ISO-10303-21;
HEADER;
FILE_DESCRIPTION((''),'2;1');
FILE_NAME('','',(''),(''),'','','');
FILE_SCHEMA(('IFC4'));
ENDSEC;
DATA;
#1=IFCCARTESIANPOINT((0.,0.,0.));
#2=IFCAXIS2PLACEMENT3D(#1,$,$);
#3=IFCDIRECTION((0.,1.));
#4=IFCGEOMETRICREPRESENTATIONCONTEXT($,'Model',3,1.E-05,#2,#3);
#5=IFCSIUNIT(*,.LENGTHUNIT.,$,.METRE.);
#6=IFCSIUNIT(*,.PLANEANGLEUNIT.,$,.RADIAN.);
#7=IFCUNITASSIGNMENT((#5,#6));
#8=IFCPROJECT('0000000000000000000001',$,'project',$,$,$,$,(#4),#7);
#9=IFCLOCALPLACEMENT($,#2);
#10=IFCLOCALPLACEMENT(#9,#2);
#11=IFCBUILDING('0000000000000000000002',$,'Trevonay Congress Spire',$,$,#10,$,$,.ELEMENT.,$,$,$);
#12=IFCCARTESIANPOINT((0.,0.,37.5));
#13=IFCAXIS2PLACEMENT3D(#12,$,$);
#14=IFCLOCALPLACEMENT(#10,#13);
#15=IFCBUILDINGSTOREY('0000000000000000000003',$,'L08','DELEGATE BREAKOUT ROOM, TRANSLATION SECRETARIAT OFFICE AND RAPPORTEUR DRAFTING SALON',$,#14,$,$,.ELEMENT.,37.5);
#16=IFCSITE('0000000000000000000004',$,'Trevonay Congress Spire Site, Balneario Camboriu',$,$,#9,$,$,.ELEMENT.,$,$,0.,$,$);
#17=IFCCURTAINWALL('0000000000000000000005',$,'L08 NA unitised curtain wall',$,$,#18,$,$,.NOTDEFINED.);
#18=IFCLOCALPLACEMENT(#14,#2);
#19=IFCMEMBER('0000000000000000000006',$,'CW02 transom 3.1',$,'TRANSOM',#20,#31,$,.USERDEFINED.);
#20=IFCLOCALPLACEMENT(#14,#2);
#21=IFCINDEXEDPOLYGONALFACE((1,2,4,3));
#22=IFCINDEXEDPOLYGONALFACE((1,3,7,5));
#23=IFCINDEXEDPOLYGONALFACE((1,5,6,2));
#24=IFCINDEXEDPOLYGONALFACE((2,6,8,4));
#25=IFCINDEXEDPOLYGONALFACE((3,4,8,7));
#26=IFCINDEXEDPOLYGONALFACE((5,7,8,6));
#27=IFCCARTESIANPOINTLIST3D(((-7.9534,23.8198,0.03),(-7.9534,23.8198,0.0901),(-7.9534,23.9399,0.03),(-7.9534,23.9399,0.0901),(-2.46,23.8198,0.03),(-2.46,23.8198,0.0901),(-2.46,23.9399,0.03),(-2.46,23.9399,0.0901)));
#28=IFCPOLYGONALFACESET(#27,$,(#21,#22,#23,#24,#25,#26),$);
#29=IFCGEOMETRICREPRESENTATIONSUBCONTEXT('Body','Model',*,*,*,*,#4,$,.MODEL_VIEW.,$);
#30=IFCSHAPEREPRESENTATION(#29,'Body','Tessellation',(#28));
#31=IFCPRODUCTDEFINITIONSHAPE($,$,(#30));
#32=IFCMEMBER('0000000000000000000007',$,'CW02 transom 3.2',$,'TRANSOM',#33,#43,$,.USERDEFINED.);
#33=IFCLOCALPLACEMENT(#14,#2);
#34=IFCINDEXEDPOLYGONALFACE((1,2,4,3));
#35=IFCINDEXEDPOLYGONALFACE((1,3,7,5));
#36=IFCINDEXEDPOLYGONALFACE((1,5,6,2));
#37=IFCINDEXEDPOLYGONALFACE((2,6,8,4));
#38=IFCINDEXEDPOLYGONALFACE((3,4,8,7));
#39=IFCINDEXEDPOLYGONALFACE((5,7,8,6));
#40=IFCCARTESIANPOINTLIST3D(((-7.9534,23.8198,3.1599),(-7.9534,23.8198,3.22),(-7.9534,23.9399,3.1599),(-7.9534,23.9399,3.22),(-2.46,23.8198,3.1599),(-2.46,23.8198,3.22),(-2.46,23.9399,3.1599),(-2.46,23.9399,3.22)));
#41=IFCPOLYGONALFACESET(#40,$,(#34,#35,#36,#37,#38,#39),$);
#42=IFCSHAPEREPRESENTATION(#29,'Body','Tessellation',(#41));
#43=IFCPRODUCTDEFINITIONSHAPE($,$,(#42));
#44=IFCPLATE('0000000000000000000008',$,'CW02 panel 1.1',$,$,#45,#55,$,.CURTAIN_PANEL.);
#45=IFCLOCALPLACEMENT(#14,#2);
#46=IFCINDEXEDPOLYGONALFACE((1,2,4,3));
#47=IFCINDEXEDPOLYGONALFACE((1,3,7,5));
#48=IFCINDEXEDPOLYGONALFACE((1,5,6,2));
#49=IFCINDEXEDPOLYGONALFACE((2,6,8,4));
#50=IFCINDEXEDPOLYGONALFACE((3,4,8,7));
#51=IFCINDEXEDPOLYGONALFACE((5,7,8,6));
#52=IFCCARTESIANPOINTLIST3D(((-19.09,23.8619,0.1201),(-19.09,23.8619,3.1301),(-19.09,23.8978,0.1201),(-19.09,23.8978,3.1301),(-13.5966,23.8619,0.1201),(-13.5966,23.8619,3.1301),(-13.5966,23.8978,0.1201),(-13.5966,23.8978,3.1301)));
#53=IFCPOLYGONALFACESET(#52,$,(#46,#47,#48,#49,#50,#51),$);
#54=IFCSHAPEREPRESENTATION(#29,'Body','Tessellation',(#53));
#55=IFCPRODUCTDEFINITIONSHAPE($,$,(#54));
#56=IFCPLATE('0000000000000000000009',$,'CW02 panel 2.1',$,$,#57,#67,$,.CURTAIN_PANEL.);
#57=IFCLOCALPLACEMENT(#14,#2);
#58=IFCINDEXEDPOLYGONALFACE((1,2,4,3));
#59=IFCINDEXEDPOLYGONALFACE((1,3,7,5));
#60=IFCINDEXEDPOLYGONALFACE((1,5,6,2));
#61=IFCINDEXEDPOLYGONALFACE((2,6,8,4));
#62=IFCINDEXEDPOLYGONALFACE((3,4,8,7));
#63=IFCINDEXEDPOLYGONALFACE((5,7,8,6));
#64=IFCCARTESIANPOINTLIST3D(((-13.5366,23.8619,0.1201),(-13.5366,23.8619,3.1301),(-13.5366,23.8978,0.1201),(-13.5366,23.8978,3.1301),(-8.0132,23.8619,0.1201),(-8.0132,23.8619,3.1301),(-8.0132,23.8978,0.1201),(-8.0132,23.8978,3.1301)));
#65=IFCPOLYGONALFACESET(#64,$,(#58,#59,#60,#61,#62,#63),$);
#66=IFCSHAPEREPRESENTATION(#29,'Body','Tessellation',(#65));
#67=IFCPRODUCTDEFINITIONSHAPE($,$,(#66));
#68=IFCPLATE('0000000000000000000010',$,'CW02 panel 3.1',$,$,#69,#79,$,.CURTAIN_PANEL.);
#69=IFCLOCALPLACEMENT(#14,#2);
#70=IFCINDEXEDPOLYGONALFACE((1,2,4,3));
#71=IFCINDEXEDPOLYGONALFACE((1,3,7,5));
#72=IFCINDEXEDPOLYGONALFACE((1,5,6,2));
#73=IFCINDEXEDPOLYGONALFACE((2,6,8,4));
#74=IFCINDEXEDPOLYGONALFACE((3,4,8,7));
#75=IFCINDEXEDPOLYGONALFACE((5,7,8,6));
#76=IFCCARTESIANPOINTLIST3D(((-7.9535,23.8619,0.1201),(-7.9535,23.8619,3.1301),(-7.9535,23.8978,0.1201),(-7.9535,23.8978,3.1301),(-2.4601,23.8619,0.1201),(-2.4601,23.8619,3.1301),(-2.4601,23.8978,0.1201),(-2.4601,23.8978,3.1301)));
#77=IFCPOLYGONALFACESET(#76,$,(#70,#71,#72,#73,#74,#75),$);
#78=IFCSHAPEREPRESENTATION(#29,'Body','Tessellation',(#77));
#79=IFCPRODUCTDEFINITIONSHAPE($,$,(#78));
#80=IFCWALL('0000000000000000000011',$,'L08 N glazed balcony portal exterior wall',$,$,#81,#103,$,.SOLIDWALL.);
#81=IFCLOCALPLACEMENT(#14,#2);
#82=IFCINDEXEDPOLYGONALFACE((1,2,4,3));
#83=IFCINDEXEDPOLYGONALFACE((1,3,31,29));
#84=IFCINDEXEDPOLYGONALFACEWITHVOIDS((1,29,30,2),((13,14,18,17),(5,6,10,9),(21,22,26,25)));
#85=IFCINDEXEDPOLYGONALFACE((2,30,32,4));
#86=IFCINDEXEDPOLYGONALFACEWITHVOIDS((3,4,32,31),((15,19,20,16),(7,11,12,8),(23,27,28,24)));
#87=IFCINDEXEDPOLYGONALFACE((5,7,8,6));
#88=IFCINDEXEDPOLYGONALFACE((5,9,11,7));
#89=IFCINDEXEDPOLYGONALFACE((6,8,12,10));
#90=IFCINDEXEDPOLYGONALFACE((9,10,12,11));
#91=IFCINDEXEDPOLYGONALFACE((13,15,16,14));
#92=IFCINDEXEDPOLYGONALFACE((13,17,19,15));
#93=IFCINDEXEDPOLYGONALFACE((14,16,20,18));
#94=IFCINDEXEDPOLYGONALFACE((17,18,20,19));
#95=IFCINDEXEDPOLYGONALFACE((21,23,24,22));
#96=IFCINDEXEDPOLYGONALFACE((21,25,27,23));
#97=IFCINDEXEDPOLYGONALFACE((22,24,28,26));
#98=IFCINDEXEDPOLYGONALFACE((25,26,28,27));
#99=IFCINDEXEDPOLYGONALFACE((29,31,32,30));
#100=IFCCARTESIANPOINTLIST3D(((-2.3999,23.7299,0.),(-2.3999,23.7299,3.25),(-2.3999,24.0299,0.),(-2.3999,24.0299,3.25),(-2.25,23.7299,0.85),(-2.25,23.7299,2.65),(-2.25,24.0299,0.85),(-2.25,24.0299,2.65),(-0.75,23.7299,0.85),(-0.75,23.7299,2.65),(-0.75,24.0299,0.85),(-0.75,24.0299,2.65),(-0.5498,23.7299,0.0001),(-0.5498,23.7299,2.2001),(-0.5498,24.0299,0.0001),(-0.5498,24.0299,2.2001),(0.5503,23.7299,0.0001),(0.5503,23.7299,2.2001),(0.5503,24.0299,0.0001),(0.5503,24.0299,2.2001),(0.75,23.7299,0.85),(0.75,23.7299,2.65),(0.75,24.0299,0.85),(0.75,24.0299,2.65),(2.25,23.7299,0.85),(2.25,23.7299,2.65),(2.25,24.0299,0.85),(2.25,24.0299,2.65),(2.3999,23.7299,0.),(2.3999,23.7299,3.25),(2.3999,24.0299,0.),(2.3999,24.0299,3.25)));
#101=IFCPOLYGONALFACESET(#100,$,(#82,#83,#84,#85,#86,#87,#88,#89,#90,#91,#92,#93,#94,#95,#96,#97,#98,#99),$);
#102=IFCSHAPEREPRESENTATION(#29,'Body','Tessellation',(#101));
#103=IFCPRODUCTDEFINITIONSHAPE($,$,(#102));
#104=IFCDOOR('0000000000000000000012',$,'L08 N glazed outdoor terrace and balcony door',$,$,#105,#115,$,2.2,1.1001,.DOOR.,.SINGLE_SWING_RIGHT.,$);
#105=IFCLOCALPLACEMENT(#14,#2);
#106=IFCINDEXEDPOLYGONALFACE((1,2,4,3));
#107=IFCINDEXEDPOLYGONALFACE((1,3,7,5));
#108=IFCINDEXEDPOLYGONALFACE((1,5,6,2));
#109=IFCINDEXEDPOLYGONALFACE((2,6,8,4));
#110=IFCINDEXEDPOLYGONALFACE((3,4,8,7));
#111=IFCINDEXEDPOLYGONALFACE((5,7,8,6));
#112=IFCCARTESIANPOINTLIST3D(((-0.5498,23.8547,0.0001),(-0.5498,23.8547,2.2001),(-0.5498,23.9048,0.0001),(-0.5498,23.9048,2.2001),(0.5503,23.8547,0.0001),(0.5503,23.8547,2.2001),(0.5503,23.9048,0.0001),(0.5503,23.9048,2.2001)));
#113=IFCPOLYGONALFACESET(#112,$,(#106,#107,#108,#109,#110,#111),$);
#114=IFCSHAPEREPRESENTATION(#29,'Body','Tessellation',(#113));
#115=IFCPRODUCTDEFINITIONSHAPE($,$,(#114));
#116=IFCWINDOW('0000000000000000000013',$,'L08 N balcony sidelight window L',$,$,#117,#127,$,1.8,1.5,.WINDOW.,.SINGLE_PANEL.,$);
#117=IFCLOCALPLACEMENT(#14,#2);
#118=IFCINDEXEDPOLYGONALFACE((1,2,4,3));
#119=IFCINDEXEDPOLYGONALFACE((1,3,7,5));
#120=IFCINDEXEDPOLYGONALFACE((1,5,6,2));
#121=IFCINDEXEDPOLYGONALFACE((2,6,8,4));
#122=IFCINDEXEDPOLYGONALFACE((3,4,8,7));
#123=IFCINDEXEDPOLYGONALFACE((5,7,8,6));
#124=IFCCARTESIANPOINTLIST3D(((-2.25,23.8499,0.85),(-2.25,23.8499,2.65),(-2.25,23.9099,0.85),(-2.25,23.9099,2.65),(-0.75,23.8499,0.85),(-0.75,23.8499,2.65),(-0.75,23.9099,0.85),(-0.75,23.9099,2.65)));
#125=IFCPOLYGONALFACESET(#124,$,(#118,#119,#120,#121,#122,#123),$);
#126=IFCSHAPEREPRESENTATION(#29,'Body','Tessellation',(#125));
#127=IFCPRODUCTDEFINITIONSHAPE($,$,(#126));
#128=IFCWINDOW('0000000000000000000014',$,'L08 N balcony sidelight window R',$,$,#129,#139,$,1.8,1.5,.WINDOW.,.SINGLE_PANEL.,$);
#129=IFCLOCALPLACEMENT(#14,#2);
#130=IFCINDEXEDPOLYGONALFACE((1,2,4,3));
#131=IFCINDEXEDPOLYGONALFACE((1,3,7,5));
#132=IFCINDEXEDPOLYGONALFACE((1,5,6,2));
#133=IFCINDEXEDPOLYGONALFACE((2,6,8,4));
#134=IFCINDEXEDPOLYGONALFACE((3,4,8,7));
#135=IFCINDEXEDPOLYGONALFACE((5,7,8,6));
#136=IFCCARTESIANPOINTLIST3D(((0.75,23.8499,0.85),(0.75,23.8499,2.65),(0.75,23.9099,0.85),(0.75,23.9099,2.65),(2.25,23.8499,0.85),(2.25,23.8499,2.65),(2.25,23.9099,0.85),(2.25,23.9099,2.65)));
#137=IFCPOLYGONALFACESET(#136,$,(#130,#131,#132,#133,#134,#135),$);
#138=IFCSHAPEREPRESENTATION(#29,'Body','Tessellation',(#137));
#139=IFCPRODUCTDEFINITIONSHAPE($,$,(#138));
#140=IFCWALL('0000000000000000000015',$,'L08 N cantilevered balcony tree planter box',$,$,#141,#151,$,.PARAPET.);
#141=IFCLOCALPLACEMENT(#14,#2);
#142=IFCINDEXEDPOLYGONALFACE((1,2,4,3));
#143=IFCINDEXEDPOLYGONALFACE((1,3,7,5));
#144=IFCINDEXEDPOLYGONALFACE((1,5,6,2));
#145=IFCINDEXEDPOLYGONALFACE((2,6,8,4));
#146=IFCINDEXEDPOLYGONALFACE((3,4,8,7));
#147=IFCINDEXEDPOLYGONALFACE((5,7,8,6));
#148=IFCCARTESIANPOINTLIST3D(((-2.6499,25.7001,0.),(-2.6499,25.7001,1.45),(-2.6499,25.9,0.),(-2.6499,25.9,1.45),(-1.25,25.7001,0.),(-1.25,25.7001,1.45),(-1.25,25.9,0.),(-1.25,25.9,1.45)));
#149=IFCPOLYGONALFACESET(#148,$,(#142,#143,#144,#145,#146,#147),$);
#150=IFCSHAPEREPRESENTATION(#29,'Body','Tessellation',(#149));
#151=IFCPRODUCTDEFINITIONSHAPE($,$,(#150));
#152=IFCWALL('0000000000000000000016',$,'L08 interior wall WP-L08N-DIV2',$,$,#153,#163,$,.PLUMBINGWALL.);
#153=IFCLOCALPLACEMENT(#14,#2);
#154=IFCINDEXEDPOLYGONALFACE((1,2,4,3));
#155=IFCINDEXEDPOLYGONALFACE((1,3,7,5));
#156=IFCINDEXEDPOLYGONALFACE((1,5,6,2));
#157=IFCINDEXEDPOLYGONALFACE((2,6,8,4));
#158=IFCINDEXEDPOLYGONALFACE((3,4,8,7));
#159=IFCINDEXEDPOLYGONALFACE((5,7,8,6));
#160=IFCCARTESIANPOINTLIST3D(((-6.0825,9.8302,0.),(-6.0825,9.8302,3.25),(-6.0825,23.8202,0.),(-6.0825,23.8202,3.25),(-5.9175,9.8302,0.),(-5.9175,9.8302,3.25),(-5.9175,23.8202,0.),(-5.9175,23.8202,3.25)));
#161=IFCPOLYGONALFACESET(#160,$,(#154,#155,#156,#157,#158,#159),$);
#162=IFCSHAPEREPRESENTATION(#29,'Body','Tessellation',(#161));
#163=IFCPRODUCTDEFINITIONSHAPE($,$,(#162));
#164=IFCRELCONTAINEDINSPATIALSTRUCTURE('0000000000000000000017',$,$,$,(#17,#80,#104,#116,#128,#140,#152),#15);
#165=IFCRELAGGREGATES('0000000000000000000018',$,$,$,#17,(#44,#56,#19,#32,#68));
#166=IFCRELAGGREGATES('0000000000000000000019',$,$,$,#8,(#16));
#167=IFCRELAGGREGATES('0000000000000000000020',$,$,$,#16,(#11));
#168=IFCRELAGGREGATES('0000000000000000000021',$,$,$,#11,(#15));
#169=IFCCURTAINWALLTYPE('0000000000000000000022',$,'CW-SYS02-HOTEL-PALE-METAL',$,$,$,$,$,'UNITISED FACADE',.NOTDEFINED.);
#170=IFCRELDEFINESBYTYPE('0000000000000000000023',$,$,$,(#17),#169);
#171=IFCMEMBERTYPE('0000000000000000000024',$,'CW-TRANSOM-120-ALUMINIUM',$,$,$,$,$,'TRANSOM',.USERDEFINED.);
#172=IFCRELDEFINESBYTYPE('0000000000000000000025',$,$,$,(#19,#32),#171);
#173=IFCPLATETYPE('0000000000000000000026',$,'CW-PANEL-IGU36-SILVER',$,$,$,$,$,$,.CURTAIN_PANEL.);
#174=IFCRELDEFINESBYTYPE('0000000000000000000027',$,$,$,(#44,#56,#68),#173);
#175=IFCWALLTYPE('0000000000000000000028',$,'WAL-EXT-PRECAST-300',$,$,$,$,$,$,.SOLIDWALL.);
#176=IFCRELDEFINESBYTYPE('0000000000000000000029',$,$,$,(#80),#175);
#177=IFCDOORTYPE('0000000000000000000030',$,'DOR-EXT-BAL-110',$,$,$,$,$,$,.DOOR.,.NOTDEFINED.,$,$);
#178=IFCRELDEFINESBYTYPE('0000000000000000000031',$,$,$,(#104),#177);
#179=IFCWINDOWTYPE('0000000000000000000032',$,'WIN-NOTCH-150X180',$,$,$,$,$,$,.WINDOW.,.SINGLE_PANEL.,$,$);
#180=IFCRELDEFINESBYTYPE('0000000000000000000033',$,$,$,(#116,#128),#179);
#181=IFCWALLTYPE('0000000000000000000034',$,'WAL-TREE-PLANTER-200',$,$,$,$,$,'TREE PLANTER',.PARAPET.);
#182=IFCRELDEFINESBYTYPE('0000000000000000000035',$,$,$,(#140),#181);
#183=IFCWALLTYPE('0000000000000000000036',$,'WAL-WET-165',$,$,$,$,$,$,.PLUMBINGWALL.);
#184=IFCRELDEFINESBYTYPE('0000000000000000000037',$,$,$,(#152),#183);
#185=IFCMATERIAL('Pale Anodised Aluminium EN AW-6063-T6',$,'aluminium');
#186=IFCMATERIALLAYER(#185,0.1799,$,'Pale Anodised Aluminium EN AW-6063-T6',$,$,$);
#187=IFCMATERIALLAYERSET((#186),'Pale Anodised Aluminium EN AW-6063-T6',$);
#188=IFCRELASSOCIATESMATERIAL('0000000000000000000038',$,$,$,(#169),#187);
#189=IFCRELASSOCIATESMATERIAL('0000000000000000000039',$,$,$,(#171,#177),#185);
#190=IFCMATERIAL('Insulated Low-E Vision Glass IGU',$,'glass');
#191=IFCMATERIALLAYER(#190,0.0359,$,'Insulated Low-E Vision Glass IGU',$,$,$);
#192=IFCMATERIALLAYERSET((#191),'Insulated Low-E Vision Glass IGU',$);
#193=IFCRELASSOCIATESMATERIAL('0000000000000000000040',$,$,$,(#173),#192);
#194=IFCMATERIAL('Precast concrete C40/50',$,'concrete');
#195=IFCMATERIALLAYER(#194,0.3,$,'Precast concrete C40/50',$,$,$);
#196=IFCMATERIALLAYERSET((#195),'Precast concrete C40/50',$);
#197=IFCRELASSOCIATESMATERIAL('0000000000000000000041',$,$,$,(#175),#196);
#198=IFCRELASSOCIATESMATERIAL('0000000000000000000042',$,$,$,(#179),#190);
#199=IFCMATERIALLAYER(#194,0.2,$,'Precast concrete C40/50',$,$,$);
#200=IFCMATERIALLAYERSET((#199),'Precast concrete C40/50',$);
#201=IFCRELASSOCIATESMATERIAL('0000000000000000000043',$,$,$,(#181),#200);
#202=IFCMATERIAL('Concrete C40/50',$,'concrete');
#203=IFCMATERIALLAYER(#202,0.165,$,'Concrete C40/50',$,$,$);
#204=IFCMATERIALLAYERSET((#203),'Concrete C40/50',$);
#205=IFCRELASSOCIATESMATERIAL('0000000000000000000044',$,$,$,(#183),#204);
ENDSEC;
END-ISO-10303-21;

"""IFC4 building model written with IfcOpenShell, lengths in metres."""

from ifc_helpers import new_model, si_unit, direction, frame, frame_2d, origin, origin_2d, place, context, subcontext, project, spatial, rectangle, extrude, material, layer, layer_set, material_profile, profile_set, type_object, element, fill, aggregate, save


model = new_model("IFC4")

# Units and contexts
model_context = context("Model", 3, precision=1e-05, world=origin(), true_north=direction((0.0, 1.0)))
body_context = subcontext(model_context, "Body", "Model", "MODEL_VIEW")
ifc_project = project(units=[si_unit("LENGTHUNIT", "METRE"), si_unit("PLANEANGLEUNIT", "RADIAN")], contexts=[model_context])

# Site, building, storey
site_placement = place(None, origin())
site = spatial("IfcSite", under=ifc_project, at=site_placement, Name="Trevonay Congress Spire Site, Balneario Camboriu", CompositionType="ELEMENT", RefElevation=0.0)
building_placement = place(site_placement, origin())
building = spatial("IfcBuilding", under=site, at=building_placement, Name="Trevonay Congress Spire", CompositionType="ELEMENT")
storey_placement = place(building_placement, frame((0.0, 0.0, 37.5)))
storey = spatial("IfcBuildingStorey", under=building, at=storey_placement, Name="L08", Description="DELEGATE BREAKOUT ROOM, TRANSLATION SECRETARIAT OFFICE AND RAPPORTEUR DRAFTING SALON", CompositionType="ELEMENT", Elevation=37.5)

# Curtain wall, members, plates
ifc_material_1 = material(Name="Pale Anodised Aluminium EN AW-6063-T6", Category="aluminium")
ifc_layer_1 = layer(ifc_material_1, 0.1799, Name="Pale Anodised Aluminium EN AW-6063-T6")
ifc_layer_set_1 = layer_set([ifc_layer_1], Name="Pale Anodised Aluminium EN AW-6063-T6")
curtain_wall_type = type_object("IfcCurtainWallType", Name="CW-SYS02-HOTEL-PALE-METAL", ElementType="UNITISED FACADE", PredefinedType="NOTDEFINED", material=ifc_layer_set_1)
curtain_wall_placement = place(storey_placement, origin())
curtain_wall = element("IfcCurtainWall", 1, at=curtain_wall_placement, inside=storey, type_object=curtain_wall_type, Name="L08 NA unitised curtain wall", PredefinedType="NOTDEFINED")
ifc_material_profile_1 = material_profile(ifc_material_1, rectangle(XDim=0.1201, YDim=0.0601, at=origin_2d()), Name="CW-TRANSOM-120-ALUMINIUM")
ifc_profile_set_1 = profile_set([ifc_material_profile_1], Name="Pale Anodised Aluminium EN AW-6063-T6")
member_type_1 = type_object("IfcMemberType", Name="CW-TRANSOM-120-ALUMINIUM", ElementType="TRANSOM", PredefinedType="USERDEFINED", material=ifc_profile_set_1)
member_1_placement = place(storey_placement, frame((-7.9534, 23.8799, 0.0601), z_axis=(1.0, 0.0, 0.0), x_axis=(0.0, 1.0, 0.0)))
member_1 = element("IfcMember", 2, at=member_1_placement, type_object=member_type_1, Name="CW02 transom 3.1", ObjectType="TRANSOM", PredefinedType="USERDEFINED", context=body_context, shape_type="SweptSolid", body=[
    extrude(rectangle(XDim=0.1201, YDim=0.0601, at=origin_2d()), origin(), (0.0, 0.0, 1.0), 5.4934),
])
member_2_placement = place(storey_placement, frame((-7.9534, 23.8799, 3.1899), z_axis=(1.0, 0.0, 0.0), x_axis=(0.0, 1.0, 0.0)))
member_2 = element("IfcMember", 3, at=member_2_placement, type_object=member_type_1, Name="CW02 transom 3.2", ObjectType="TRANSOM", PredefinedType="USERDEFINED", context=body_context, shape_type="SweptSolid", body=[
    extrude(rectangle(XDim=0.1201, YDim=0.0601, at=origin_2d()), origin(), (0.0, 0.0, 1.0), 5.4934),
])
ifc_material_2 = material(Name="Insulated Low-E Vision Glass IGU", Category="glass")
ifc_layer_2 = layer(ifc_material_2, 0.0359, Name="Insulated Low-E Vision Glass IGU")
ifc_layer_set_2 = layer_set([ifc_layer_2], Name="Insulated Low-E Vision Glass IGU")
plate_type = type_object("IfcPlateType", Name="CW-PANEL-IGU36-SILVER", PredefinedType="CURTAIN_PANEL", material=ifc_layer_set_2)
plate_1_placement = place(storey_placement, frame((-16.3433, 23.8799, 0.1201), z_axis=(0.0, 0.0, 1.0), x_axis=(1.0, 0.0, 0.0)))
plate_1 = element("IfcPlate", 4, at=plate_1_placement, type_object=plate_type, Name="CW02 panel 1.1", PredefinedType="CURTAIN_PANEL", context=body_context, shape_type="SweptSolid", body=[
    extrude(rectangle(XDim=5.4934, YDim=0.0359, at=origin_2d()), origin(), (0.0, 0.0, 1.0), 3.01),
])
plate_2_placement = place(storey_placement, frame((-10.7749, 23.8799, 0.1201), z_axis=(0.0, 0.0, 1.0), x_axis=(1.0, 0.0, 0.0)))
plate_2 = element("IfcPlate", 5, at=plate_2_placement, type_object=plate_type, Name="CW02 panel 2.1", PredefinedType="CURTAIN_PANEL", context=body_context, shape_type="SweptSolid", body=[
    extrude(rectangle(XDim=5.5234, YDim=0.0359, at=origin_2d()), origin(), (0.0, 0.0, 1.0), 3.01),
])
plate_3_placement = place(storey_placement, frame((-5.2068, 23.8799, 0.1201), z_axis=(0.0, 0.0, 1.0), x_axis=(1.0, 0.0, 0.0)))
plate_3 = element("IfcPlate", 6, at=plate_3_placement, type_object=plate_type, Name="CW02 panel 3.1", PredefinedType="CURTAIN_PANEL", context=body_context, shape_type="SweptSolid", body=[
    extrude(rectangle(XDim=5.4934, YDim=0.0359, at=origin_2d()), origin(), (0.0, 0.0, 1.0), 3.01),
])
aggregate(curtain_wall, [plate_1, plate_2, member_1, member_2, plate_3])

# Wall, openings, door, windows
ifc_material_3 = material(Name="Precast concrete C40/50", Category="concrete")
ifc_layer_3 = layer(ifc_material_3, 0.3, Name="Precast concrete C40/50")
ifc_layer_set_3 = layer_set([ifc_layer_3], Name="Precast concrete C40/50")
wall_type_1 = type_object("IfcWallType", Name="WAL-EXT-PRECAST-300", PredefinedType="SOLIDWALL", material=ifc_layer_set_3)
wall_1_placement = place(storey_placement, frame((-2.3999, 23.8799, 0.0), z_axis=(0.0, 0.0, 1.0), x_axis=(1.0, 0.0, 0.0)))
wall_1 = element("IfcWall", 7, at=wall_1_placement, inside=storey, type_object=wall_type_1, Name="L08 N glazed balcony portal exterior wall", PredefinedType="SOLIDWALL", context=body_context, shape_type="SweptSolid", body=[
    extrude(rectangle(XDim=4.7998, YDim=0.3, at=frame_2d((2.3999, 0.0))), origin(), (0.0, 0.0, 1.0), 3.25),
])
opening_1_placement = place(wall_1_placement, frame((1.8501, 0.0, 0.0)))
opening_1 = element("IfcOpeningElement", 8, at=opening_1_placement, cuts=wall_1, PredefinedType="OPENING", context=body_context, shape_type="SweptSolid", body=[
    extrude(rectangle(XDim=1.1001, YDim=2.2, at=frame_2d((0.55, 1.1001))), frame((0.0, 0.1602, 0.0), z_axis=(0.0, -1.0, 0.0), x_axis=(1.0, 0.0, 0.0)), (0.0, 0.0, 1.0), 0.3201),
])
opening_2_placement = place(wall_1_placement, frame((0.1499, 0.0, 0.8501)))
opening_2 = element("IfcOpeningElement", 9, at=opening_2_placement, cuts=wall_1, PredefinedType="OPENING", context=body_context, shape_type="SweptSolid", body=[
    extrude(rectangle(XDim=1.5, YDim=1.8, at=frame_2d((0.75, 0.8999))), frame((0.0, 0.1602, 0.0), z_axis=(0.0, -1.0, 0.0), x_axis=(1.0, 0.0, 0.0)), (0.0, 0.0, 1.0), 0.3201),
])
opening_3_placement = place(wall_1_placement, frame((3.1499, 0.0, 0.8501)))
opening_3 = element("IfcOpeningElement", 10, at=opening_3_placement, cuts=wall_1, PredefinedType="OPENING", context=body_context, shape_type="SweptSolid", body=[
    extrude(rectangle(XDim=1.5, YDim=1.8, at=frame_2d((0.75, 0.8999))), frame((0.0, 0.1602, 0.0), z_axis=(0.0, -1.0, 0.0), x_axis=(1.0, 0.0, 0.0)), (0.0, 0.0, 1.0), 0.3201),
])
door_type = type_object("IfcDoorType", Name="DOR-EXT-BAL-110", OperationType="NOTDEFINED", PredefinedType="DOOR", material=ifc_material_1)
door_placement = place(opening_1_placement, origin())
door = element("IfcDoor", 11, at=door_placement, inside=storey, type_object=door_type, Name="L08 N glazed outdoor terrace and balcony door", OperationType="SINGLE_SWING_RIGHT", OverallHeight=2.2, OverallWidth=1.1001, PredefinedType="DOOR", context=body_context, shape_type="SweptSolid", body=[
    extrude(rectangle(XDim=1.1001, YDim=2.2, at=frame_2d((0.55, 1.1001))), frame((0.0, 0.0249, 0.0), z_axis=(0.0, -1.0, 0.0), x_axis=(1.0, 0.0, 0.0)), (0.0, 0.0, 1.0), 0.05),
])
fill(opening_1, door)
window_type = type_object("IfcWindowType", Name="WIN-NOTCH-150X180", PartitioningType="SINGLE_PANEL", PredefinedType="WINDOW", material=ifc_material_2)
window_1_placement = place(opening_2_placement, origin())
window_1 = element("IfcWindow", 12, at=window_1_placement, inside=storey, type_object=window_type, Name="L08 N balcony sidelight window L", OverallHeight=1.8, OverallWidth=1.5, PartitioningType="SINGLE_PANEL", PredefinedType="WINDOW", context=body_context, shape_type="SweptSolid", body=[
    extrude(rectangle(XDim=1.5, YDim=1.8, at=frame_2d((0.75, 0.8999))), frame((0.0, 0.03, 0.0), z_axis=(0.0, -1.0, 0.0), x_axis=(1.0, 0.0, 0.0)), (0.0, 0.0, 1.0), 0.0601),
])
fill(opening_2, window_1)
window_2_placement = place(opening_3_placement, origin())
window_2 = element("IfcWindow", 13, at=window_2_placement, inside=storey, type_object=window_type, Name="L08 N balcony sidelight window R", OverallHeight=1.8, OverallWidth=1.5, PartitioningType="SINGLE_PANEL", PredefinedType="WINDOW", context=body_context, shape_type="SweptSolid", body=[
    extrude(rectangle(XDim=1.5, YDim=1.8, at=frame_2d((0.75, 0.8999))), frame((0.0, 0.03, 0.0), z_axis=(0.0, -1.0, 0.0), x_axis=(1.0, 0.0, 0.0)), (0.0, 0.0, 1.0), 0.0601),
])
fill(opening_3, window_2)

# Walls
ifc_layer_4 = layer(ifc_material_3, 0.2, Name="Precast concrete C40/50")
ifc_layer_set_4 = layer_set([ifc_layer_4], Name="Precast concrete C40/50")
wall_type_2 = type_object("IfcWallType", Name="WAL-TREE-PLANTER-200", ElementType="TREE PLANTER", PredefinedType="PARAPET", material=ifc_layer_set_4)
wall_2_placement = place(storey_placement, frame((-2.6499, 25.8, 0.0), z_axis=(0.0, 0.0, 1.0), x_axis=(1.0, 0.0, 0.0)))
element("IfcWall", 14, at=wall_2_placement, inside=storey, type_object=wall_type_2, Name="L08 N cantilevered balcony tree planter box", PredefinedType="PARAPET", context=body_context, shape_type="SweptSolid", body=[
    extrude(rectangle(XDim=1.3999, YDim=0.2, at=frame_2d((0.7, 0.0))), origin(), (0.0, 0.0, 1.0), 1.45),
])
ifc_material_4 = material(Name="Concrete C40/50", Category="concrete")
ifc_layer_5 = layer(ifc_material_4, 0.165, Name="Concrete C40/50")
ifc_layer_set_5 = layer_set([ifc_layer_5], Name="Concrete C40/50")
wall_type_3 = type_object("IfcWallType", Name="WAL-WET-165", PredefinedType="PLUMBINGWALL", material=ifc_layer_set_5)
wall_3_placement = place(storey_placement, frame((-6.0, 9.8301, 0.0), z_axis=(0.0, 0.0, 1.0), x_axis=(0.0, 1.0, 0.0)))
element("IfcWall", 15, at=wall_3_placement, inside=storey, type_object=wall_type_3, Name="L08 interior wall WP-L08N-DIV2", PredefinedType="PLUMBINGWALL", context=body_context, shape_type="SweptSolid", body=[
    extrude(rectangle(XDim=13.99, YDim=0.165, at=frame_2d((6.9951, 0.0))), origin(), (0.0, 0.0, 1.0), 3.25),
])

save(model, "model.ifc")
